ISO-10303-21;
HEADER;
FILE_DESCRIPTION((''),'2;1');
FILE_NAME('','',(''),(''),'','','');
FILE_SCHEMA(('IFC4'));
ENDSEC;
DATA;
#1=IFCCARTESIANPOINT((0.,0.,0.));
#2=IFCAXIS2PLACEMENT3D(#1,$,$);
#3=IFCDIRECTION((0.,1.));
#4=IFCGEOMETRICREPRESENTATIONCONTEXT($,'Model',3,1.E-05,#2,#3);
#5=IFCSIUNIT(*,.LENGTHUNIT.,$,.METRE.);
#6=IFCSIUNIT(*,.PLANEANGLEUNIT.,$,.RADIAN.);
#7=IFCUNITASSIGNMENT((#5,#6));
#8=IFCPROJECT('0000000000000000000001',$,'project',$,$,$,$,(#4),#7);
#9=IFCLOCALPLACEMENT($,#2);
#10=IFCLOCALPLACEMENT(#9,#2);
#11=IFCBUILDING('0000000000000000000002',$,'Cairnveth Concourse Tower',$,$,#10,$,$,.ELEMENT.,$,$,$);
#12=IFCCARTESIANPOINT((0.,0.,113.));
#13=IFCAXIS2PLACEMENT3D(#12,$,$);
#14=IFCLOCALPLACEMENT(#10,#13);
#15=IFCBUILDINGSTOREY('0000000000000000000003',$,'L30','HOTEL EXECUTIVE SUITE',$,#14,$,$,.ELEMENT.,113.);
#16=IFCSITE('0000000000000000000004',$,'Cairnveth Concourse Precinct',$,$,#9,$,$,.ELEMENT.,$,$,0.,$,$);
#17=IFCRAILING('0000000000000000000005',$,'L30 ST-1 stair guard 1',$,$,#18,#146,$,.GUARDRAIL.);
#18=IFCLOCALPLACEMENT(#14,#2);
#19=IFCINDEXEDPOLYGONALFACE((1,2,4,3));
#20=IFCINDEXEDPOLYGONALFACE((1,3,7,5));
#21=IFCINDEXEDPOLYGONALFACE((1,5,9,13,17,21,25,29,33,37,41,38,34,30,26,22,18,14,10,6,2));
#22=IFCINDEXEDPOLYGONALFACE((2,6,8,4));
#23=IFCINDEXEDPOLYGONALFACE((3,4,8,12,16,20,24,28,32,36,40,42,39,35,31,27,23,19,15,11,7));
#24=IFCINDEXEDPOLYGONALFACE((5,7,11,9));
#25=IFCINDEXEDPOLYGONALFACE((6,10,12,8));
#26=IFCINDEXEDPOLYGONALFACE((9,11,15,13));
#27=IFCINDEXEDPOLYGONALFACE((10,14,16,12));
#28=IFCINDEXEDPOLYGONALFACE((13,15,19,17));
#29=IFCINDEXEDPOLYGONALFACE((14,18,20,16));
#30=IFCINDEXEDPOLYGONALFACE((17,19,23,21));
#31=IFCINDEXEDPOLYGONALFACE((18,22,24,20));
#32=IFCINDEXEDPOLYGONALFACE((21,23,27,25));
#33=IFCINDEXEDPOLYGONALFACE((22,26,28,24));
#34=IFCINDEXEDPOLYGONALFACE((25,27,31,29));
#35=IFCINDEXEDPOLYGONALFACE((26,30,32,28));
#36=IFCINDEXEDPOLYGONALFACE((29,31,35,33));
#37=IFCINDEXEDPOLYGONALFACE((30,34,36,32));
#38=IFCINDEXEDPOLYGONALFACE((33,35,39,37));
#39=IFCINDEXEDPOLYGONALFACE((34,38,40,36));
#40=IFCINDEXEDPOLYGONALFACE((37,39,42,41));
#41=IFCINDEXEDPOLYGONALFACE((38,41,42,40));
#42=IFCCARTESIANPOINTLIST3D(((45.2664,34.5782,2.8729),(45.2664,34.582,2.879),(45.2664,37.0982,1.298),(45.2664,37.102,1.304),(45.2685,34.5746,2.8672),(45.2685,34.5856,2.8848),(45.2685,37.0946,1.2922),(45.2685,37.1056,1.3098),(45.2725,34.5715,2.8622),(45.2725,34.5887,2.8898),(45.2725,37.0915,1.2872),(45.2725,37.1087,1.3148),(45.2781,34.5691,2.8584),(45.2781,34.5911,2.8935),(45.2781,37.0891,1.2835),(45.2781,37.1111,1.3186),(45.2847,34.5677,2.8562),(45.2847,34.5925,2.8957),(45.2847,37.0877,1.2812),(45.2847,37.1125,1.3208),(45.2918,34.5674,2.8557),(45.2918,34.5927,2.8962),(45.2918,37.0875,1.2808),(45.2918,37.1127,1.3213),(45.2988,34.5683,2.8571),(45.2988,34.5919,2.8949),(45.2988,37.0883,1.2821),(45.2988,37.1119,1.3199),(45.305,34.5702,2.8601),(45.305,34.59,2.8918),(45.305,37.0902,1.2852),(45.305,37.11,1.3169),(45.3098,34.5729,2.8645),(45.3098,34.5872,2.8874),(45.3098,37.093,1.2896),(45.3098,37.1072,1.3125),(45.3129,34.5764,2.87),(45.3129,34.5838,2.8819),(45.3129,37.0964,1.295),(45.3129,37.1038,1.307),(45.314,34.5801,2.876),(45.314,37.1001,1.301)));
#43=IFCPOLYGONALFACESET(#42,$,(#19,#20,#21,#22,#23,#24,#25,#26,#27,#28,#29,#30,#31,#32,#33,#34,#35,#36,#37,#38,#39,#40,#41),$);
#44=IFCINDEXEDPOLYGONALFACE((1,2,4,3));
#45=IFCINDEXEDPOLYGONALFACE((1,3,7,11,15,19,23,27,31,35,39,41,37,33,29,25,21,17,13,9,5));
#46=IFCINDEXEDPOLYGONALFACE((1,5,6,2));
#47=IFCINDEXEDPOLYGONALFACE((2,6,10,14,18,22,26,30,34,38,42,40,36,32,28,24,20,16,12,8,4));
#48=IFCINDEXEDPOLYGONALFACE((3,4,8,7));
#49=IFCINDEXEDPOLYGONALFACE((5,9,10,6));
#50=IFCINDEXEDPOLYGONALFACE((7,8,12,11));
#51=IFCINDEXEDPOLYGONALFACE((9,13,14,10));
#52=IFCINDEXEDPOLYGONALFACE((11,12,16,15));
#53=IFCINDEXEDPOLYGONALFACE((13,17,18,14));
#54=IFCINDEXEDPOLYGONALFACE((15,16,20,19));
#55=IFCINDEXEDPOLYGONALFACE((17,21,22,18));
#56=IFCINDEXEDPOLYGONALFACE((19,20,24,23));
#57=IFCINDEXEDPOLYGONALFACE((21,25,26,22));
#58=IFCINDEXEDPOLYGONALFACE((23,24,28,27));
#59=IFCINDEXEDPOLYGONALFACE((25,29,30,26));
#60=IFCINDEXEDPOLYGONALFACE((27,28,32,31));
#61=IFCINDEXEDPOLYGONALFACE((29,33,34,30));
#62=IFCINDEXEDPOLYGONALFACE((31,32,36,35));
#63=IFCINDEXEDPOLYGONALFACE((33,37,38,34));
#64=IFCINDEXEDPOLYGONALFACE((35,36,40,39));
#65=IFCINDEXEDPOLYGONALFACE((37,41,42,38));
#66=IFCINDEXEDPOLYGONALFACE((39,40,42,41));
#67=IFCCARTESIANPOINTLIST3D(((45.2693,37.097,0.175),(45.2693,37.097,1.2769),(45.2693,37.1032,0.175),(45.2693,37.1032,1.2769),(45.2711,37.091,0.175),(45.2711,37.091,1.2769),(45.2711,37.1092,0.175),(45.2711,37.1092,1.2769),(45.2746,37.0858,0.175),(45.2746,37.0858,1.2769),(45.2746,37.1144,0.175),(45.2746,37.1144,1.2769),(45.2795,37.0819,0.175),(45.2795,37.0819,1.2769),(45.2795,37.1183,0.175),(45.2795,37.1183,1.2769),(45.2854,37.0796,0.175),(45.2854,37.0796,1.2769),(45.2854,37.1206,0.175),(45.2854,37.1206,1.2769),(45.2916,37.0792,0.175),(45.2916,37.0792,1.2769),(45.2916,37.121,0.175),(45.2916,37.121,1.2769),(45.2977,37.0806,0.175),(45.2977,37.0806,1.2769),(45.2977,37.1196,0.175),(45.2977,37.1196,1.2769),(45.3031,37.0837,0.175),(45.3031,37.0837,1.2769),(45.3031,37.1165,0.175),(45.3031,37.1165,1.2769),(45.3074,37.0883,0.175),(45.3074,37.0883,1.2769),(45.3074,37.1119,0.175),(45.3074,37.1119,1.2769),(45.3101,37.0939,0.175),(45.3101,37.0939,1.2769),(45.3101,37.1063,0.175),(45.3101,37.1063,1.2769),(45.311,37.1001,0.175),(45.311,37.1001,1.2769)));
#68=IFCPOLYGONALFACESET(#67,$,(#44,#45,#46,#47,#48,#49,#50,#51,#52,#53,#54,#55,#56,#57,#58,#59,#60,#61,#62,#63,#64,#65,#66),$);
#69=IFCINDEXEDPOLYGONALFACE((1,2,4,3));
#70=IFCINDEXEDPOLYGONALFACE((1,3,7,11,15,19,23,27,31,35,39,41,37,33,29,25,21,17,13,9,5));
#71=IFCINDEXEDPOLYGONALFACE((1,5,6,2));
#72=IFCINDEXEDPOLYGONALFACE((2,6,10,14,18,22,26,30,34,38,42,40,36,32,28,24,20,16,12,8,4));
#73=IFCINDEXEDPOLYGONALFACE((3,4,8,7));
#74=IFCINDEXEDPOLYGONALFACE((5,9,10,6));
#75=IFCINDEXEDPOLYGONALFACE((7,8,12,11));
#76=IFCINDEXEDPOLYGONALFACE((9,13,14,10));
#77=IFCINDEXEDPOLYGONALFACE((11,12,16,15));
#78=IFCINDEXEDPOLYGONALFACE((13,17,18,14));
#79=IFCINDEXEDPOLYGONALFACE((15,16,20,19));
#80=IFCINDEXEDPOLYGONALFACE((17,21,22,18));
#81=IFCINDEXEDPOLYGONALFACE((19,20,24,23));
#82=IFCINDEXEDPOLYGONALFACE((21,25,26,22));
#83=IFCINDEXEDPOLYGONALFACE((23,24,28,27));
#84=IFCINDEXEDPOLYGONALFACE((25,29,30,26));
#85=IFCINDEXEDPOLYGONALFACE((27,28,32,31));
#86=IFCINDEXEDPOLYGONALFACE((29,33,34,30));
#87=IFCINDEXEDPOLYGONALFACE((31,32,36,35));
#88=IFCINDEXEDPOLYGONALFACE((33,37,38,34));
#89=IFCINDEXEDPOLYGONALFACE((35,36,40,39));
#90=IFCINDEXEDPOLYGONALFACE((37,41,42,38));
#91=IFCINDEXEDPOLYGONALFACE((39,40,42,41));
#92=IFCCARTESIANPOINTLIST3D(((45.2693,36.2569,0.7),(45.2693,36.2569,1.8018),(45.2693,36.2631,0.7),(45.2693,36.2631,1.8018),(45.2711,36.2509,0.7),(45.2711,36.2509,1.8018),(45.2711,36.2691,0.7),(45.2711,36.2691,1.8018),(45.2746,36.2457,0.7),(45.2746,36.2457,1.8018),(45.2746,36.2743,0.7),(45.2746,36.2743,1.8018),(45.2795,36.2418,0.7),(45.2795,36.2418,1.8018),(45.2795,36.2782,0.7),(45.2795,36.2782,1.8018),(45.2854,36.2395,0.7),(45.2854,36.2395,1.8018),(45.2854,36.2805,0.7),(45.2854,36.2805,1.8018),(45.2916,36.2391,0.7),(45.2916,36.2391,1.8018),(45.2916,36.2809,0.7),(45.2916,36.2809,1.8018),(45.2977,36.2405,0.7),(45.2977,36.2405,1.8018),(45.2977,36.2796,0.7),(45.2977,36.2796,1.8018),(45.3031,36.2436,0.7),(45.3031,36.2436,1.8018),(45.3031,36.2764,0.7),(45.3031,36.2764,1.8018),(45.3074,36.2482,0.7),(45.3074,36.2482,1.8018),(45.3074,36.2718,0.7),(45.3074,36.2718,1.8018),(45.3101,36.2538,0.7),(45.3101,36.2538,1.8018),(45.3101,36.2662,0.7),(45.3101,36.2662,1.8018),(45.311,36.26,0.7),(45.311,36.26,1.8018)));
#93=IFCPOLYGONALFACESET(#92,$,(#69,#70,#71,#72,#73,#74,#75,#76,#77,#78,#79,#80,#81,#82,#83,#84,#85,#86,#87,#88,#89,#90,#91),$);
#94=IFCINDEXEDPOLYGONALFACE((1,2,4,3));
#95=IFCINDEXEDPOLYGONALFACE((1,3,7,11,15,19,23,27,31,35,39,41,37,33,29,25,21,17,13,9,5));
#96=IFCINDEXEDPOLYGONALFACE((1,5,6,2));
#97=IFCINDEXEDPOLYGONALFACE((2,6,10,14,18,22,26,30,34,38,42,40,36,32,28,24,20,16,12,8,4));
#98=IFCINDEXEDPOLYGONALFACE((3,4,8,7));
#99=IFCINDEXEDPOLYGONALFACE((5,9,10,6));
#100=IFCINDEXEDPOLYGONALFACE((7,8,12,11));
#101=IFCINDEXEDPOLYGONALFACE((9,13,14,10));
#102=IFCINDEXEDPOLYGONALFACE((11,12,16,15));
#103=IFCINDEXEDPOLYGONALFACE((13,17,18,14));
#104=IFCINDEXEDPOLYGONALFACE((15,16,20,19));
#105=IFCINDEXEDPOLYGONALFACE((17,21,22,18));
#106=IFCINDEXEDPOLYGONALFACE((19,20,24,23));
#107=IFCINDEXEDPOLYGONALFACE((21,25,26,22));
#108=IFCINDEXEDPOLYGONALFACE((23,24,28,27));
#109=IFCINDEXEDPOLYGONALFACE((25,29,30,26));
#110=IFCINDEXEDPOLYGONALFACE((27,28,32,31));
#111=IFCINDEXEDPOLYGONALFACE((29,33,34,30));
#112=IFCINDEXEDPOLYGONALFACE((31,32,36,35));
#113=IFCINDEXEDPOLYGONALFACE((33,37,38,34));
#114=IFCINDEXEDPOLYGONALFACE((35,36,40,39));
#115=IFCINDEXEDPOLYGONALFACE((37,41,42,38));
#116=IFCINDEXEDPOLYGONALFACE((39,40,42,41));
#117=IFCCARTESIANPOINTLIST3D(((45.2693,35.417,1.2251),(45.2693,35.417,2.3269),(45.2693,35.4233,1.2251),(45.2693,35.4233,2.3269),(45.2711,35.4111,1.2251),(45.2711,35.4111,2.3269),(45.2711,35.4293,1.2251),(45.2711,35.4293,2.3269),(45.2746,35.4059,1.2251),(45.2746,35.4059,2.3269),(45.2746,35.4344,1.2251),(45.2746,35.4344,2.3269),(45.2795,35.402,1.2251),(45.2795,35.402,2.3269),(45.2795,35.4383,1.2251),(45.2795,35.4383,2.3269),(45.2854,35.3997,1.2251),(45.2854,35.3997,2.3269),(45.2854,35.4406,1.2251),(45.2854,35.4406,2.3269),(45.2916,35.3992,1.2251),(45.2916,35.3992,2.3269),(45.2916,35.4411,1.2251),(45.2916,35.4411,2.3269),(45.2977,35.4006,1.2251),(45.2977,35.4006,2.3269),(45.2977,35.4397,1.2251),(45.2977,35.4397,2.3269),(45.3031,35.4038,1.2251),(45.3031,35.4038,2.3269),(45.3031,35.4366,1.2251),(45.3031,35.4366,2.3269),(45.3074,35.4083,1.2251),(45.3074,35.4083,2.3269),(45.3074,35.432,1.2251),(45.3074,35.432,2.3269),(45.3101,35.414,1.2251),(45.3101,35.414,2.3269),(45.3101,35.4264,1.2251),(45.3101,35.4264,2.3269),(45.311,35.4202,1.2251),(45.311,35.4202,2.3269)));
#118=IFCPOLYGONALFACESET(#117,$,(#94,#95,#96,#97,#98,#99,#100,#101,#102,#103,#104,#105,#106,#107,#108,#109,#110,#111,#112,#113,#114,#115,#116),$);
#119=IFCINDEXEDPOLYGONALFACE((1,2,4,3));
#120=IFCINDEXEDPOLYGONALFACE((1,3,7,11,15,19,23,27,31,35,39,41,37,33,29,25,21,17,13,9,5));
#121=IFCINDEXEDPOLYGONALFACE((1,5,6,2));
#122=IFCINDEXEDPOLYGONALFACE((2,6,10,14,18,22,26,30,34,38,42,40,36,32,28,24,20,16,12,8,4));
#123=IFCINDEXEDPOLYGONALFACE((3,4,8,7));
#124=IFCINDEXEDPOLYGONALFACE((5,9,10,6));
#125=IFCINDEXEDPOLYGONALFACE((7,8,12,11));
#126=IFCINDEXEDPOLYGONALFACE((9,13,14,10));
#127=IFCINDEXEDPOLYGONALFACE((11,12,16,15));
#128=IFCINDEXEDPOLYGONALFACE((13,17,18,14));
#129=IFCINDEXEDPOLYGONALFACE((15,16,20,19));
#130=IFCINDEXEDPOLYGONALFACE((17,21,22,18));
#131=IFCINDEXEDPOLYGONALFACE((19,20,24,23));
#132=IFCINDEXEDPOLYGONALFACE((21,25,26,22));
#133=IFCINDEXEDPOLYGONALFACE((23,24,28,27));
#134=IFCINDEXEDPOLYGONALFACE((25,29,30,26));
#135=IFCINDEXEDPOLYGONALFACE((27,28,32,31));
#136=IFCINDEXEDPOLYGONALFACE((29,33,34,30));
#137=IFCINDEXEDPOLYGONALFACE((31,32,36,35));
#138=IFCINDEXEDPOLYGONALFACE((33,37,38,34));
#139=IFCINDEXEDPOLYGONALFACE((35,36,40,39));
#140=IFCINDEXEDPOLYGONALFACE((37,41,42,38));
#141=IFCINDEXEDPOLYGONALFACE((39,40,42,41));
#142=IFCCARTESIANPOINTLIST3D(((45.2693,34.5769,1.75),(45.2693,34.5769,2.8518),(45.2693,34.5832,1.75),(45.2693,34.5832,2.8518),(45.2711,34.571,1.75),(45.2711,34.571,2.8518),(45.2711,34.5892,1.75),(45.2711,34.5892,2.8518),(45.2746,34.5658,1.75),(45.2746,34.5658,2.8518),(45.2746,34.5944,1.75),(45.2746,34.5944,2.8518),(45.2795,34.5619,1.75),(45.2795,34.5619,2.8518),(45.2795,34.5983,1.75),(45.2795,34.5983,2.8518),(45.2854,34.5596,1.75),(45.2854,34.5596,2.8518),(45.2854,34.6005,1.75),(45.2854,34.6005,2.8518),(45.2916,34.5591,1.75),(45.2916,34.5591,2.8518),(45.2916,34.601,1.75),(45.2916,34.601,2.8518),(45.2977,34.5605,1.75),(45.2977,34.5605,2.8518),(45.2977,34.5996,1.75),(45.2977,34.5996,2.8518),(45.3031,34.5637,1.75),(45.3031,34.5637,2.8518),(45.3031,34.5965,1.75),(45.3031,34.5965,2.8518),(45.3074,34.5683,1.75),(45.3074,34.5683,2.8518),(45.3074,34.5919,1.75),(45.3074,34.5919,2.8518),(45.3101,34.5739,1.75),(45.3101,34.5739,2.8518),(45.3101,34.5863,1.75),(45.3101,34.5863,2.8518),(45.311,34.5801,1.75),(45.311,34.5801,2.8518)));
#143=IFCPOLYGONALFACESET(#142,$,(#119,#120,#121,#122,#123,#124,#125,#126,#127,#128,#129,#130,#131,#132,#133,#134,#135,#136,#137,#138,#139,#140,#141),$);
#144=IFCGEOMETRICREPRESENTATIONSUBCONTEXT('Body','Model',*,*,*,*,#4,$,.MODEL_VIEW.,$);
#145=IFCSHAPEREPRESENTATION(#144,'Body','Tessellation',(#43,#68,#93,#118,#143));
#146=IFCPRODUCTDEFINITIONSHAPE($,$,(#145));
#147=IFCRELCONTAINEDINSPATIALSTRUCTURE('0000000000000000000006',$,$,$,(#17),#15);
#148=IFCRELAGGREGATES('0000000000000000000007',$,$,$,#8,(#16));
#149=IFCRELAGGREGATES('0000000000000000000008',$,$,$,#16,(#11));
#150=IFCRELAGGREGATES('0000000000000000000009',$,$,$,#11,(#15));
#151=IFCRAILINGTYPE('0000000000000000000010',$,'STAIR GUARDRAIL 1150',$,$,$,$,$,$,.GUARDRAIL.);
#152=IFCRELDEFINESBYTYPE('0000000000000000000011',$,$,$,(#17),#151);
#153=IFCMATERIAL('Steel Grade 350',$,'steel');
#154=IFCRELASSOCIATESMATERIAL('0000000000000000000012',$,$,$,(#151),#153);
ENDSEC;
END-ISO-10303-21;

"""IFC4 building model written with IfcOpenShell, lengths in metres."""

from ifc_helpers import new_model, si_unit, direction, frame, origin, origin_2d, place, context, subcontext, project, spatial, circle, extrude, material, type_object, element, save


model = new_model("IFC4")

# Units and contexts
model_context = context("Model", 3, precision=1e-05, world=origin(), true_north=direction((0.0, 1.0)))
body_context = subcontext(model_context, "Body", "Model", "MODEL_VIEW")
ifc_project = project(units=[si_unit("LENGTHUNIT", "METRE"), si_unit("PLANEANGLEUNIT", "RADIAN")], contexts=[model_context])

# Site, building, storey
site_placement = place(None, origin())
site = spatial("IfcSite", under=ifc_project, at=site_placement, Name="Cairnveth Concourse Precinct", CompositionType="ELEMENT", RefElevation=0.0)
building_placement = place(site_placement, origin())
building = spatial("IfcBuilding", under=site, at=building_placement, Name="Cairnveth Concourse Tower", CompositionType="ELEMENT")
storey_placement = place(building_placement, frame((0.0, 0.0, 113.0)))
storey = spatial("IfcBuildingStorey", under=building, at=storey_placement, Name="L30", Description="HOTEL EXECUTIVE SUITE", CompositionType="ELEMENT", Elevation=113.0)

# Shared definitions
ifc_material_1 = material(Name="Steel Grade 350", Category="steel")

# Railing
railing_type_1 = type_object("IfcRailingType", Name="STAIR GUARDRAIL 1150", PredefinedType="GUARDRAIL", material=ifc_material_1)
railing_1_placement = place(storey_placement, frame((45.29, 37.1001, 0.175)))
element("IfcRailing", 1, at=railing_1_placement, inside=storey, type_object=railing_type_1, Name="L30 ST-1 stair guard 1", PredefinedType="GUARDRAIL", context=body_context, shape_type="SweptSolid", body=[
    extrude(circle(Radius=0.0239, at=origin_2d()), frame((0.0, 0.0, 1.126), z_axis=(0.0, -0.848008, 0.529984), x_axis=(1.0, 0.0, 0.0)), (0.0, 0.0, 1.0), 2.9717),
    extrude(circle(Radius=0.021, at=origin_2d()), origin(), (0.0, 0.0, 1.0), 1.1018),
    extrude(circle(Radius=0.021, at=origin_2d()), frame((0.0, -0.8401, 0.5249)), (0.0, 0.0, 1.0), 1.1018),
    extrude(circle(Radius=0.021, at=origin_2d()), frame((0.0, -1.6799, 1.05)), (0.0, 0.0, 1.0), 1.1018),
    extrude(circle(Radius=0.021, at=origin_2d()), frame((0.0, -2.52, 1.575)), (0.0, 0.0, 1.0), 1.1018),
])

save(model, "model.ifc")
